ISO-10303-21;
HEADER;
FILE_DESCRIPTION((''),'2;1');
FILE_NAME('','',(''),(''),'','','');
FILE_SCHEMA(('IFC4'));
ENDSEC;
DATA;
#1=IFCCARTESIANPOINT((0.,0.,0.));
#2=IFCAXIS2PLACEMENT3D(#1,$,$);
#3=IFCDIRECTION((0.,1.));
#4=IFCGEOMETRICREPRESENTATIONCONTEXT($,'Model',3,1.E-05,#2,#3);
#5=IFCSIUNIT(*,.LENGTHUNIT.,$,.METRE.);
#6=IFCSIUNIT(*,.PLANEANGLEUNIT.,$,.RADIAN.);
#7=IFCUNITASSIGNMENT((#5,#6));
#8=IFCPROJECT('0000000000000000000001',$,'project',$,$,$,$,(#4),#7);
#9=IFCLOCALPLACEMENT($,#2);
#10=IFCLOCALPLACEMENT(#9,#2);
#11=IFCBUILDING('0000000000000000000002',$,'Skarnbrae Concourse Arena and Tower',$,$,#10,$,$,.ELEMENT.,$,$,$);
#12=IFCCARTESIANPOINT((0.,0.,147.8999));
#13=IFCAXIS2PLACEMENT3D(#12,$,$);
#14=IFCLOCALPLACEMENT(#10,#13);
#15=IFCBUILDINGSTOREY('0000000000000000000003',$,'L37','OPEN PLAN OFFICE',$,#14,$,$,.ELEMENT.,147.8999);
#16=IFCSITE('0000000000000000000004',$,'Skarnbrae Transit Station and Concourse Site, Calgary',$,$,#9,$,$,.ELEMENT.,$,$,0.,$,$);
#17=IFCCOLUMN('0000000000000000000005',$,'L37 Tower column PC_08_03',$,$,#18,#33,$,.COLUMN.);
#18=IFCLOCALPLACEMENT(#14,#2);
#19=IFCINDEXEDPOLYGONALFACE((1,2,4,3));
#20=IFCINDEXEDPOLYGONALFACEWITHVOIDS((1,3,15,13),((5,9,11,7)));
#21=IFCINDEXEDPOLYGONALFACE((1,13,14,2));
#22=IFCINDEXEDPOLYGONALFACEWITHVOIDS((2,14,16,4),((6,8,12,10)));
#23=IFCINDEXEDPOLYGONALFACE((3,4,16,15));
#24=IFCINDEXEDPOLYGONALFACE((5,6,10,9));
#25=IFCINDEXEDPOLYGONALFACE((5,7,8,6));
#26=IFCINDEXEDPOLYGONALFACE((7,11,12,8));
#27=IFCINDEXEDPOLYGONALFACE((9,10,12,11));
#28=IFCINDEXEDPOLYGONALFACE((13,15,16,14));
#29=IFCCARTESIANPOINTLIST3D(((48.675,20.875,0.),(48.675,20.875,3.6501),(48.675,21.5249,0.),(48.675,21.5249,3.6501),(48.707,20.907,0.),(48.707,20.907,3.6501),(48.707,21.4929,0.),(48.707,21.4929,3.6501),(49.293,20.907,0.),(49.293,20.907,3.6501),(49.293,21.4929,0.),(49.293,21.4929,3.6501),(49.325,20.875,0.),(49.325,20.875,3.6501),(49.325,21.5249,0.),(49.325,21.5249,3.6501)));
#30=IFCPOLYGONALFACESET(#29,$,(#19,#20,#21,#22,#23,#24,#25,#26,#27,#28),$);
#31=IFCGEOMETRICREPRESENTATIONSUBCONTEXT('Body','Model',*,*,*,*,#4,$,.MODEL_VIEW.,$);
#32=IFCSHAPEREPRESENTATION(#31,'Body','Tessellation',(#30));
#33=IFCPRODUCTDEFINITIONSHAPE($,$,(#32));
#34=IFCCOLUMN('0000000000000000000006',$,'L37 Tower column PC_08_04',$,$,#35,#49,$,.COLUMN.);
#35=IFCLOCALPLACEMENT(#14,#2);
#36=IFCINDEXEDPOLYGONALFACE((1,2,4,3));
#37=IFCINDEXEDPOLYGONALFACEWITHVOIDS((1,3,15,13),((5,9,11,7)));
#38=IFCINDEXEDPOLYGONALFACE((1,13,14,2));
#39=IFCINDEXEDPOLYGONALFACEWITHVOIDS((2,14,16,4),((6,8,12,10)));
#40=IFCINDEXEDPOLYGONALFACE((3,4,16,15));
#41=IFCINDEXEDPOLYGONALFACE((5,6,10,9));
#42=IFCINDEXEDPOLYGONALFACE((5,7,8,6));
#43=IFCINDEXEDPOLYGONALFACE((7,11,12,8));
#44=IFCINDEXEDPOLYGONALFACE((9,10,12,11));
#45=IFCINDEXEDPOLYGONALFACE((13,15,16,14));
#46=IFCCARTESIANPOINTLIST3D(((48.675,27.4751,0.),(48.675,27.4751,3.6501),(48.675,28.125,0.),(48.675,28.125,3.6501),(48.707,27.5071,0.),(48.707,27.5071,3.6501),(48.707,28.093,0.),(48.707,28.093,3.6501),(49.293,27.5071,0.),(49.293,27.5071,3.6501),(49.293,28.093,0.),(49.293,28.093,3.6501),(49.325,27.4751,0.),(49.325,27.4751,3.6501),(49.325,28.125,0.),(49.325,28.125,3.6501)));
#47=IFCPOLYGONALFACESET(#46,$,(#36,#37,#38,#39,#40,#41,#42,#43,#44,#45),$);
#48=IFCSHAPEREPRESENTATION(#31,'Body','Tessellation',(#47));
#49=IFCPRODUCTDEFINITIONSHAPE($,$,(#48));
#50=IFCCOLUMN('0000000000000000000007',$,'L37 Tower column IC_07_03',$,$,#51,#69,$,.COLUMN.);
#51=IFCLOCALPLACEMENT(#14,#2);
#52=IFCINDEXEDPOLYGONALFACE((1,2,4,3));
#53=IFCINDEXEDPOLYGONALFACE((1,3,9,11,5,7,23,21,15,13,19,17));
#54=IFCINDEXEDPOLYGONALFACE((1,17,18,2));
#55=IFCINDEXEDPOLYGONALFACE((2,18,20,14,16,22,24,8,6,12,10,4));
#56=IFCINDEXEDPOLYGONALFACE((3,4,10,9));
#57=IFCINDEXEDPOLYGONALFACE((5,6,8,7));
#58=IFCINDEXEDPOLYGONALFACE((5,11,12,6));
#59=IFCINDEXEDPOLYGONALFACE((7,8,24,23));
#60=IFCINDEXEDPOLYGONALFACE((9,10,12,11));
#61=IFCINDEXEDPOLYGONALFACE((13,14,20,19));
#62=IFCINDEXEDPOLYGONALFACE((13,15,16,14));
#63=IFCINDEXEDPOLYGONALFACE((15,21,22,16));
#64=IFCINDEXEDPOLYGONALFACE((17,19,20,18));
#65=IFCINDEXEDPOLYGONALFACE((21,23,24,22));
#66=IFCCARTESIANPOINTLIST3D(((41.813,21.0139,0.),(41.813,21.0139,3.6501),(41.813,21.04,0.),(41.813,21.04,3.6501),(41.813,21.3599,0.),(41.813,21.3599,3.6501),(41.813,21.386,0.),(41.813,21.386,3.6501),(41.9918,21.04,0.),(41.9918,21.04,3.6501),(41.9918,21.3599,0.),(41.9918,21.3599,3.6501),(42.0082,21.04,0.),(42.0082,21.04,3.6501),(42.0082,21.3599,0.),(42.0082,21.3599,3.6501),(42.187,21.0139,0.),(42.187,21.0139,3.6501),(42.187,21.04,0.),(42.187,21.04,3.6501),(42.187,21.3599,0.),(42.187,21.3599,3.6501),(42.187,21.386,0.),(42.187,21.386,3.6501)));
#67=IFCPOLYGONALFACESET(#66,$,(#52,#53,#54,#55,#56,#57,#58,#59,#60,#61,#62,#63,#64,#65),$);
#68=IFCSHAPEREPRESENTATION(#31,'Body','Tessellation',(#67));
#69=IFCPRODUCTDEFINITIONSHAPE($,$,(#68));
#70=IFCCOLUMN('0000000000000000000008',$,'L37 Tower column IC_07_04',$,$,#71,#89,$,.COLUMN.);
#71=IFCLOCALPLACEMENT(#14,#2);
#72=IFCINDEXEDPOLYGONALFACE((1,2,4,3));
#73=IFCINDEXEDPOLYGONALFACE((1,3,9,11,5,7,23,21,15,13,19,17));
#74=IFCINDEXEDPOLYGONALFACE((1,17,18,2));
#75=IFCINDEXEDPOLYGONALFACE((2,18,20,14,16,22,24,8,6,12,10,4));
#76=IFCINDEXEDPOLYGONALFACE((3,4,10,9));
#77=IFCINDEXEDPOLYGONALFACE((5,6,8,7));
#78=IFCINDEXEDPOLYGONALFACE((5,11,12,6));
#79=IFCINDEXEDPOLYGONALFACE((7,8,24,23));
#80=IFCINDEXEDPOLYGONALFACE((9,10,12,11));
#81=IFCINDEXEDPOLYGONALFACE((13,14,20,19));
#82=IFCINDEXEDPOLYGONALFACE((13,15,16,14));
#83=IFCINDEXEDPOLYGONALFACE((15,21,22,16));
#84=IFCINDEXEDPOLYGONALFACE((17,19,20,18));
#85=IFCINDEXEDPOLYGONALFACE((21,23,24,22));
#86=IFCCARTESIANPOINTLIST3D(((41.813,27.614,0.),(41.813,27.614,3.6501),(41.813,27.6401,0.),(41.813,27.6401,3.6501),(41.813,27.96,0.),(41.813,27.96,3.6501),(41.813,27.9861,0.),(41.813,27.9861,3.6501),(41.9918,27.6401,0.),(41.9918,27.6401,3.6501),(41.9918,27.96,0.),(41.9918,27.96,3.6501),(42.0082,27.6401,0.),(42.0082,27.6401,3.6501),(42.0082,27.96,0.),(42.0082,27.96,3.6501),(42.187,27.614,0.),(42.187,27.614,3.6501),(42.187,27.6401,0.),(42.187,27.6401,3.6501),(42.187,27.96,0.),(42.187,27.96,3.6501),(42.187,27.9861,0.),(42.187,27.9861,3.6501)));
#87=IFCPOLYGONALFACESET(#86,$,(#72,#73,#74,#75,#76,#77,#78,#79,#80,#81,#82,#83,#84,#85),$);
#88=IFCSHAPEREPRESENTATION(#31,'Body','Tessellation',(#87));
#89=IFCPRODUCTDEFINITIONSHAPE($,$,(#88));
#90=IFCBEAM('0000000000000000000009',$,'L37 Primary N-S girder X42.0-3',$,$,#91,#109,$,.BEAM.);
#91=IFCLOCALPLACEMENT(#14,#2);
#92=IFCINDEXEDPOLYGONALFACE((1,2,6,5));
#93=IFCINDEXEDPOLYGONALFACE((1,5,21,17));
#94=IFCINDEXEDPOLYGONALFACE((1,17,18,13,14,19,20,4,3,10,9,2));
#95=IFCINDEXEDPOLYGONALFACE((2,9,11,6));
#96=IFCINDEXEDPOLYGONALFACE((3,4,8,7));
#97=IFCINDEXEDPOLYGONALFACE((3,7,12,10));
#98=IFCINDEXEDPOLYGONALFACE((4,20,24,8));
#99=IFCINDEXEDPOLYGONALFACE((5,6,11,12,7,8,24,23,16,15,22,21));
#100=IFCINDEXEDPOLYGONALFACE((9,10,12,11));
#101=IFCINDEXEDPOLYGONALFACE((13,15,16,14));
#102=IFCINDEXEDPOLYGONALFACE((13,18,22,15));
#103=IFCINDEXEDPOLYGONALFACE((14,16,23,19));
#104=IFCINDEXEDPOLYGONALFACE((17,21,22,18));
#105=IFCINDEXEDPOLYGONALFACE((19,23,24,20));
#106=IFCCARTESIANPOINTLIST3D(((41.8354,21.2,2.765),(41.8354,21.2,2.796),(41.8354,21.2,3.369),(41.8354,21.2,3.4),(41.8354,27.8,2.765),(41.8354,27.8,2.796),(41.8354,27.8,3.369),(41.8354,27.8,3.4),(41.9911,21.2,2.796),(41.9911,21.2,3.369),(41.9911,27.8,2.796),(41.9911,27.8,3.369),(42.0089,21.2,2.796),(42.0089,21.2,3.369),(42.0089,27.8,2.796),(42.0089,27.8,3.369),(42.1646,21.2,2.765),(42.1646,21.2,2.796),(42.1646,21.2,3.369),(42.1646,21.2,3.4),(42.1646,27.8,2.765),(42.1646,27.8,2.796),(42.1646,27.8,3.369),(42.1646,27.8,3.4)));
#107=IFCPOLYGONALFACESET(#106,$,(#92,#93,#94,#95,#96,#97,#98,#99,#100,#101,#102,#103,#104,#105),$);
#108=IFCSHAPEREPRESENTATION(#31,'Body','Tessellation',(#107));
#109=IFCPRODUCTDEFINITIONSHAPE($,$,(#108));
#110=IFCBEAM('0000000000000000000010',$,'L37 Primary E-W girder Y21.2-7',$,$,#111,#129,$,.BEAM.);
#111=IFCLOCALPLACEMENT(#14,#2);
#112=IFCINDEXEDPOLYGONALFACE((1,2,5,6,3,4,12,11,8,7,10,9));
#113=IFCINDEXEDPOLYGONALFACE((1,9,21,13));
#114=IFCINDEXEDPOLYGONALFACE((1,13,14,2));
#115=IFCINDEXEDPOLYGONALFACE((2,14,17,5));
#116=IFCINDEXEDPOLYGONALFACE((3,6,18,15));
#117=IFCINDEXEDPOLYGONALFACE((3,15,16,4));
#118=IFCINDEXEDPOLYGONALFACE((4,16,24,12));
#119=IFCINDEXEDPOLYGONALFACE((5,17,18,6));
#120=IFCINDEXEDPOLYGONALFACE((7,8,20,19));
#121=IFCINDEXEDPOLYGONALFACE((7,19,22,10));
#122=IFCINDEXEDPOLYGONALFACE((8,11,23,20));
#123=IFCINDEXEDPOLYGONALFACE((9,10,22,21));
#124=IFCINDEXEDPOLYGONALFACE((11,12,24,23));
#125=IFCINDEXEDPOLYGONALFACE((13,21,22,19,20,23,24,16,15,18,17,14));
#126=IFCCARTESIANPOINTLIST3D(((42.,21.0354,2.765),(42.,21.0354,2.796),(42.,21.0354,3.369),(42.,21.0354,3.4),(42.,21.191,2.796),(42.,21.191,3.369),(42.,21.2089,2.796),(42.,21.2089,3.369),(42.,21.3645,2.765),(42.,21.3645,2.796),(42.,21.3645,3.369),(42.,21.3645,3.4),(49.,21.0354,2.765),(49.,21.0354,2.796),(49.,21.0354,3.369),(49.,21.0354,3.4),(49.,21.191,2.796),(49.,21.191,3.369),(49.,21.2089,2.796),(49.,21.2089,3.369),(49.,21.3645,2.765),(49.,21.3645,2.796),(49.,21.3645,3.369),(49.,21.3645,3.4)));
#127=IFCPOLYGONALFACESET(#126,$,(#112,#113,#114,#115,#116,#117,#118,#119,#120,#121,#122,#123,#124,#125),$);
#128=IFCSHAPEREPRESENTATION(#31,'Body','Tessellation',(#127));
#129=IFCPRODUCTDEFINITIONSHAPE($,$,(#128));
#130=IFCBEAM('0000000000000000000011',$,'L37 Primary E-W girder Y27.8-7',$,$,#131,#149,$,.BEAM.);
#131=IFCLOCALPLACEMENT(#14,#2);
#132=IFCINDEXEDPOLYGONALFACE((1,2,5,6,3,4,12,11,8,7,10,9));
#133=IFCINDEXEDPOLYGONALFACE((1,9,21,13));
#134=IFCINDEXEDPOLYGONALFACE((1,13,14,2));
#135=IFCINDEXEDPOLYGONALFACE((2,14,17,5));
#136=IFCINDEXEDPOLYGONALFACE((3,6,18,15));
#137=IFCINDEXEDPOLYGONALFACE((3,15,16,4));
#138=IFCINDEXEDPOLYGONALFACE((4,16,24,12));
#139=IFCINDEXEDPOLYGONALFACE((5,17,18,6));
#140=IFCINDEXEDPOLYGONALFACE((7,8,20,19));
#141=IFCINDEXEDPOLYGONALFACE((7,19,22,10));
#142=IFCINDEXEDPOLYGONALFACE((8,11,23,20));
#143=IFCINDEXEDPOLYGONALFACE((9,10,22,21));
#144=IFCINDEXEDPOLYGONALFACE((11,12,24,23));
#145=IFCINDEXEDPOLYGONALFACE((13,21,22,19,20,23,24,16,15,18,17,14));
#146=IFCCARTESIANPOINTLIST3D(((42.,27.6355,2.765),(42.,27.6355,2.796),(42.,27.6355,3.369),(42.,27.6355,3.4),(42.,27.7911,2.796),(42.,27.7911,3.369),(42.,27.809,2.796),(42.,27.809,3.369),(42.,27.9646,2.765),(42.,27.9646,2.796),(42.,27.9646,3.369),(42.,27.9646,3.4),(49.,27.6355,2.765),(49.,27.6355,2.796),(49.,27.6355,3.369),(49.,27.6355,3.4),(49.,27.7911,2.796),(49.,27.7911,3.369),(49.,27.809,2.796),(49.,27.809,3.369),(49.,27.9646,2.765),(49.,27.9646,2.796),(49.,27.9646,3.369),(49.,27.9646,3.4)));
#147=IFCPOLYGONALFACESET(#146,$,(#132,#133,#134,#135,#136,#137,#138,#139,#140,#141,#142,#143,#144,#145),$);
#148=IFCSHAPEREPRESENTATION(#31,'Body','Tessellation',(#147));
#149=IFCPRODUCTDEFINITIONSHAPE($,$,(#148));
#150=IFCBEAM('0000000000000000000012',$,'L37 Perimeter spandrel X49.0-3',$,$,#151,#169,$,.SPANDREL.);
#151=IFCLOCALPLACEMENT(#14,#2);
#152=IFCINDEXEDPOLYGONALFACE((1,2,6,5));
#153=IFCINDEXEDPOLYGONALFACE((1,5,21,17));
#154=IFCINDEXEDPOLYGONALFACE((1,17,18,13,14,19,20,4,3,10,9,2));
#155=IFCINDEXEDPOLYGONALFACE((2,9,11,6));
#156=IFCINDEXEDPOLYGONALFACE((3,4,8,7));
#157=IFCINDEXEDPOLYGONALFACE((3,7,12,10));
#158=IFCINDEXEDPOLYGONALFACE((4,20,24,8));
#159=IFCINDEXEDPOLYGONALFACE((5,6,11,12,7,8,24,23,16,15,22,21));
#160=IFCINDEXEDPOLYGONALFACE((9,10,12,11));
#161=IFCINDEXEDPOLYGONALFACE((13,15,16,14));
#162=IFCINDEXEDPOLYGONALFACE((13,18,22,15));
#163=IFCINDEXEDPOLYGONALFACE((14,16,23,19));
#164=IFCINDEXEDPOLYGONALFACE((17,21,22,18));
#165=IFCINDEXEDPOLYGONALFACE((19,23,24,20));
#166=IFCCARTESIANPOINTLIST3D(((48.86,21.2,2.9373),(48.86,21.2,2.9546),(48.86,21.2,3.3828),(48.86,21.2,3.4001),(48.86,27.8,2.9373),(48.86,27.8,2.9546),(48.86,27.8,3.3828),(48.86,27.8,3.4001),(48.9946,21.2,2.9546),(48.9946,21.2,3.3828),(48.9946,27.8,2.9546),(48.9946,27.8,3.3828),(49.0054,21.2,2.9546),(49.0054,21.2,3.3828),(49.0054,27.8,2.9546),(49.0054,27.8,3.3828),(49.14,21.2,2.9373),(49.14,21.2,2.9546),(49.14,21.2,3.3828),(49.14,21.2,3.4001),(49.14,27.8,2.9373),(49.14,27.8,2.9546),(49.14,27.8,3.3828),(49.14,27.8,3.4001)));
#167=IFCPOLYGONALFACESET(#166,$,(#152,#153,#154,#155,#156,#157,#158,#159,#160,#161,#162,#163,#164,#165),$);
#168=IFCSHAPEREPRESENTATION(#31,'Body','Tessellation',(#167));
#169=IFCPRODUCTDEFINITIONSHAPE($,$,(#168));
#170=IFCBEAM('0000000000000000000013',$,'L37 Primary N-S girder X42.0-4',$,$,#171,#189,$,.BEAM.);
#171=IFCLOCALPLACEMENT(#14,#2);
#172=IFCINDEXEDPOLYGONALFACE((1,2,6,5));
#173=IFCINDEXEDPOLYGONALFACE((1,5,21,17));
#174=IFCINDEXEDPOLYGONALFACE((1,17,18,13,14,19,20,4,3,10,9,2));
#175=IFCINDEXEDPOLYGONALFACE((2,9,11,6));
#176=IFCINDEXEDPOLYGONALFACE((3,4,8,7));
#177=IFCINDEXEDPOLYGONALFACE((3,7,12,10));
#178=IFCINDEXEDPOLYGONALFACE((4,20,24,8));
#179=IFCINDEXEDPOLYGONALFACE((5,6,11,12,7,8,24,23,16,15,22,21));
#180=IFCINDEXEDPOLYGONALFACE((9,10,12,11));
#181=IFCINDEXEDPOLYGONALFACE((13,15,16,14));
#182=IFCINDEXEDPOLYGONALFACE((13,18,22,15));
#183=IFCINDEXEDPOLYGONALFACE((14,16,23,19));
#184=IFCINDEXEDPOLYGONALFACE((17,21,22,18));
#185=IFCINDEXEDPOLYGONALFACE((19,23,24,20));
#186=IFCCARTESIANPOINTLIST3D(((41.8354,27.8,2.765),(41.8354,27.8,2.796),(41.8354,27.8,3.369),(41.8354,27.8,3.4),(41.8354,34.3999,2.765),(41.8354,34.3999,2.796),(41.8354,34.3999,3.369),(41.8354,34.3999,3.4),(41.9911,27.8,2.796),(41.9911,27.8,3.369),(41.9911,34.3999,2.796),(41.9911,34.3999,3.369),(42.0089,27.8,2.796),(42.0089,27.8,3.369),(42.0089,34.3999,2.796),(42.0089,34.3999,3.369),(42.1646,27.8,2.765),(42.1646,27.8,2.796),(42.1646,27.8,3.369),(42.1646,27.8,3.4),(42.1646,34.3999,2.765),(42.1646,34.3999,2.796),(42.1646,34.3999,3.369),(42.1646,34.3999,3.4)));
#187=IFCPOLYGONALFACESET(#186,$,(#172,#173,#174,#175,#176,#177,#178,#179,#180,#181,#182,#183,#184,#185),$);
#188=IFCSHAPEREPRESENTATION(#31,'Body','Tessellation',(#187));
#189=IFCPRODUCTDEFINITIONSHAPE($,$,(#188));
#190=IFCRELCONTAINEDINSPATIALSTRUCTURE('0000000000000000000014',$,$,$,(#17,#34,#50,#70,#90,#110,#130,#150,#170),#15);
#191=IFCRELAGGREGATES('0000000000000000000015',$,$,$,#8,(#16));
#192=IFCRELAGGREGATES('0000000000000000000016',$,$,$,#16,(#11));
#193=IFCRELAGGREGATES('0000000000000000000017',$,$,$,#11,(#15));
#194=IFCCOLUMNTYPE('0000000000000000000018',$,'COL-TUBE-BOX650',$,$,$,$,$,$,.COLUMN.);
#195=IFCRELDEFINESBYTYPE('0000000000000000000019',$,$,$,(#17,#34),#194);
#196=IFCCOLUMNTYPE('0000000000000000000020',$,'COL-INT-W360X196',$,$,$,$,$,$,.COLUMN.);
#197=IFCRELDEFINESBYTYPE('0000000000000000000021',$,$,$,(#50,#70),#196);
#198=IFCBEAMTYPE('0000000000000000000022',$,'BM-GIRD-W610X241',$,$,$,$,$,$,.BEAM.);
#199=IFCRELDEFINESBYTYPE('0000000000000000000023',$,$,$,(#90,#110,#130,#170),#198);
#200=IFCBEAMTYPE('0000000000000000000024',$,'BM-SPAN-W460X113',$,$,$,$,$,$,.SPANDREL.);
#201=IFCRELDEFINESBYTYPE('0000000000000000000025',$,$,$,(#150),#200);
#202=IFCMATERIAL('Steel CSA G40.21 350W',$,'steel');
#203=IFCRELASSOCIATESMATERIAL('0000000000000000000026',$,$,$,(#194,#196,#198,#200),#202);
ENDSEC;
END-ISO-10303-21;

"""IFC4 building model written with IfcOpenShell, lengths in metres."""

from ifc_helpers import new_model, si_unit, direction, frame, origin, origin_2d, place, context, subcontext, project, spatial, hollow_rectangle, i_section, extrude, source, transform, mapped, material, material_profile, profile_set, type_object, element, save


model = new_model("IFC4")

# Units and contexts
model_context = context("Model", 3, precision=1e-05, world=origin(), true_north=direction((0.0, 1.0)))
body_context = subcontext(model_context, "Body", "Model", "MODEL_VIEW")
ifc_project = project(units=[si_unit("LENGTHUNIT", "METRE"), si_unit("PLANEANGLEUNIT", "RADIAN")], contexts=[model_context])

# Site, building, storey
site_placement = place(None, origin())
site = spatial("IfcSite", under=ifc_project, at=site_placement, Name="Skarnbrae Transit Station and Concourse Site, Calgary", CompositionType="ELEMENT", RefElevation=0.0)
building_placement = place(site_placement, origin())
building = spatial("IfcBuilding", under=site, at=building_placement, Name="Skarnbrae Concourse Arena and Tower", CompositionType="ELEMENT")
storey_placement = place(building_placement, frame((0.0, 0.0, 147.8999)))
storey = spatial("IfcBuildingStorey", under=building, at=storey_placement, Name="L37", Description="OPEN PLAN OFFICE", CompositionType="ELEMENT", Elevation=147.8999)

# Columns
ifc_material_1 = material(Name="Steel CSA G40.21 350W", Category="steel")
ifc_material_profile_1 = material_profile(ifc_material_1, hollow_rectangle(XDim=0.6499, YDim=0.6499, WallThickness=0.032, at=origin_2d()), Name="BOX650X650X32")
ifc_profile_set_1 = profile_set([ifc_material_profile_1], Name="Steel CSA G40.21 350W")
column_type_1 = type_object("IfcColumnType", Name="COL-TUBE-BOX650", PredefinedType="COLUMN", material=ifc_profile_set_1)
shared_shape_1 = source(origin(), body_context, "Body", "SweptSolid", [
    extrude(hollow_rectangle(XDim=0.6499, YDim=0.6499, WallThickness=0.032, at=origin_2d()), origin(), (0.0, 0.0, 1.0), 3.6501),
])
for number, where, z_axis, x_axis, name in (
    (1, (49.0, 21.2, 0.0), (0.0, 0.0, 1.0), (1.0, 0.0, 0.0), "L37 Tower column PC_08_03"),
    (2, (49.0, 27.8, 0.0), (0.0, 0.0, 1.0), (1.0, 0.0, 0.0), "L37 Tower column PC_08_04"),
):
    element("IfcColumn", number, at=place(storey_placement, frame(where, z_axis=z_axis, x_axis=x_axis)), inside=storey, type_object=column_type_1, Name=name, PredefinedType="COLUMN", context=body_context, shape_type="MappedRepresentation", body=[
        mapped(shared_shape_1, transform((0.0, 0.0, 0.0))),
    ])
ifc_material_profile_2 = material_profile(ifc_material_1, i_section(OverallWidth=0.374, OverallDepth=0.3721, WebThickness=0.0164, FlangeThickness=0.0261, at=origin_2d()), Name="W360X196")
ifc_profile_set_2 = profile_set([ifc_material_profile_2], Name="Steel CSA G40.21 350W")
column_type_2 = type_object("IfcColumnType", Name="COL-INT-W360X196", PredefinedType="COLUMN", material=ifc_profile_set_2)
shared_shape_2 = source(origin(), body_context, "Body", "SweptSolid", [
    extrude(i_section(OverallWidth=0.374, OverallDepth=0.3721, WebThickness=0.0164, FlangeThickness=0.0261, at=origin_2d()), origin(), (0.0, 0.0, 1.0), 3.6501),
])
for number, where, z_axis, x_axis, name in (
    (3, (42.0, 21.2, 0.0), (0.0, 0.0, 1.0), (1.0, 0.0, 0.0), "L37 Tower column IC_07_03"),
    (4, (42.0, 27.8, 0.0), (0.0, 0.0, 1.0), (1.0, 0.0, 0.0), "L37 Tower column IC_07_04"),
):
    element("IfcColumn", number, at=place(storey_placement, frame(where, z_axis=z_axis, x_axis=x_axis)), inside=storey, type_object=column_type_2, Name=name, PredefinedType="COLUMN", context=body_context, shape_type="MappedRepresentation", body=[
        mapped(shared_shape_2, transform((0.0, 0.0, 0.0))),
    ])

# Beams
ifc_material_profile_3 = material_profile(ifc_material_1, i_section(OverallWidth=0.3291, OverallDepth=0.635, WebThickness=0.0178, FlangeThickness=0.031, at=origin_2d()), Name="W610X241")
ifc_profile_set_3 = profile_set([ifc_material_profile_3], Name="Steel CSA G40.21 350W")
beam_type_1 = type_object("IfcBeamType", Name="BM-GIRD-W610X241", PredefinedType="BEAM", material=ifc_profile_set_3)
shared_shape_3 = source(origin(), body_context, "Body", "SweptSolid", [
    extrude(i_section(OverallWidth=0.3291, OverallDepth=0.635, WebThickness=0.0178, FlangeThickness=0.031, at=origin_2d()), origin(), (0.0, 0.0, 1.0), 6.6001),
])
beam_1_placement = place(storey_placement, frame((42.0, 21.2, 3.0825), z_axis=(0.0, 1.0, 0.0), x_axis=(-1.0, 0.0, 0.0)))
element("IfcBeam", 5, at=beam_1_placement, inside=storey, type_object=beam_type_1, Name="L37 Primary N-S girder X42.0-3", PredefinedType="BEAM", context=body_context, shape_type="MappedRepresentation", body=[
    mapped(shared_shape_3, transform((0.0, 0.0, 0.0))),
])
shared_shape_4 = source(origin(), body_context, "Body", "SweptSolid", [
    extrude(i_section(OverallWidth=0.3291, OverallDepth=0.635, WebThickness=0.0178, FlangeThickness=0.031, at=origin_2d()), origin(), (0.0, 0.0, 1.0), 7.0),
])
for number, where, z_axis, x_axis, name in (
    (6, (42.0, 21.2, 3.0825), (1.0, 0.0, 0.0), (0.0, 1.0, 0.0), "L37 Primary E-W girder Y21.2-7"),
    (7, (42.0, 27.8, 3.0825), (1.0, 0.0, 0.0), (0.0, 1.0, 0.0), "L37 Primary E-W girder Y27.8-7"),
):
    element("IfcBeam", number, at=place(storey_placement, frame(where, z_axis=z_axis, x_axis=x_axis)), inside=storey, type_object=beam_type_1, Name=name, PredefinedType="BEAM", context=body_context, shape_type="MappedRepresentation", body=[
        mapped(shared_shape_4, transform((0.0, 0.0, 0.0))),
    ])
ifc_material_profile_4 = material_profile(ifc_material_1, i_section(OverallWidth=0.28, OverallDepth=0.4629, WebThickness=0.0107, FlangeThickness=0.0173, at=origin_2d()), Name="W460X113")
ifc_profile_set_4 = profile_set([ifc_material_profile_4], Name="Steel CSA G40.21 350W")
beam_type_2 = type_object("IfcBeamType", Name="BM-SPAN-W460X113", PredefinedType="SPANDREL", material=ifc_profile_set_4)
shared_shape_5 = source(origin(), body_context, "Body", "SweptSolid", [
    extrude(i_section(OverallWidth=0.28, OverallDepth=0.4629, WebThickness=0.0107, FlangeThickness=0.0173, at=origin_2d()), origin(), (0.0, 0.0, 1.0), 6.6001),
])
beam_2_placement = place(storey_placement, frame((49.0, 21.2, 3.1687), z_axis=(0.0, 1.0, 0.0), x_axis=(-1.0, 0.0, 0.0)))
element("IfcBeam", 8, at=beam_2_placement, inside=storey, type_object=beam_type_2, Name="L37 Perimeter spandrel X49.0-3", PredefinedType="SPANDREL", context=body_context, shape_type="MappedRepresentation", body=[
    mapped(shared_shape_5, transform((0.0, 0.0, 0.0))),
])
shared_shape_6 = source(origin(), body_context, "Body", "SweptSolid", [
    extrude(i_section(OverallWidth=0.3291, OverallDepth=0.635, WebThickness=0.0178, FlangeThickness=0.031, at=origin_2d()), origin(), (0.0, 0.0, 1.0), 6.5999),
])
beam_3_placement = place(storey_placement, frame((42.0, 27.8, 3.0825), z_axis=(0.0, 1.0, 0.0), x_axis=(-1.0, 0.0, 0.0)))
element("IfcBeam", 9, at=beam_3_placement, inside=storey, type_object=beam_type_1, Name="L37 Primary N-S girder X42.0-4", PredefinedType="BEAM", context=body_context, shape_type="MappedRepresentation", body=[
    mapped(shared_shape_6, transform((0.0, 0.0, 0.0))),
])

save(model, "model.ifc")
